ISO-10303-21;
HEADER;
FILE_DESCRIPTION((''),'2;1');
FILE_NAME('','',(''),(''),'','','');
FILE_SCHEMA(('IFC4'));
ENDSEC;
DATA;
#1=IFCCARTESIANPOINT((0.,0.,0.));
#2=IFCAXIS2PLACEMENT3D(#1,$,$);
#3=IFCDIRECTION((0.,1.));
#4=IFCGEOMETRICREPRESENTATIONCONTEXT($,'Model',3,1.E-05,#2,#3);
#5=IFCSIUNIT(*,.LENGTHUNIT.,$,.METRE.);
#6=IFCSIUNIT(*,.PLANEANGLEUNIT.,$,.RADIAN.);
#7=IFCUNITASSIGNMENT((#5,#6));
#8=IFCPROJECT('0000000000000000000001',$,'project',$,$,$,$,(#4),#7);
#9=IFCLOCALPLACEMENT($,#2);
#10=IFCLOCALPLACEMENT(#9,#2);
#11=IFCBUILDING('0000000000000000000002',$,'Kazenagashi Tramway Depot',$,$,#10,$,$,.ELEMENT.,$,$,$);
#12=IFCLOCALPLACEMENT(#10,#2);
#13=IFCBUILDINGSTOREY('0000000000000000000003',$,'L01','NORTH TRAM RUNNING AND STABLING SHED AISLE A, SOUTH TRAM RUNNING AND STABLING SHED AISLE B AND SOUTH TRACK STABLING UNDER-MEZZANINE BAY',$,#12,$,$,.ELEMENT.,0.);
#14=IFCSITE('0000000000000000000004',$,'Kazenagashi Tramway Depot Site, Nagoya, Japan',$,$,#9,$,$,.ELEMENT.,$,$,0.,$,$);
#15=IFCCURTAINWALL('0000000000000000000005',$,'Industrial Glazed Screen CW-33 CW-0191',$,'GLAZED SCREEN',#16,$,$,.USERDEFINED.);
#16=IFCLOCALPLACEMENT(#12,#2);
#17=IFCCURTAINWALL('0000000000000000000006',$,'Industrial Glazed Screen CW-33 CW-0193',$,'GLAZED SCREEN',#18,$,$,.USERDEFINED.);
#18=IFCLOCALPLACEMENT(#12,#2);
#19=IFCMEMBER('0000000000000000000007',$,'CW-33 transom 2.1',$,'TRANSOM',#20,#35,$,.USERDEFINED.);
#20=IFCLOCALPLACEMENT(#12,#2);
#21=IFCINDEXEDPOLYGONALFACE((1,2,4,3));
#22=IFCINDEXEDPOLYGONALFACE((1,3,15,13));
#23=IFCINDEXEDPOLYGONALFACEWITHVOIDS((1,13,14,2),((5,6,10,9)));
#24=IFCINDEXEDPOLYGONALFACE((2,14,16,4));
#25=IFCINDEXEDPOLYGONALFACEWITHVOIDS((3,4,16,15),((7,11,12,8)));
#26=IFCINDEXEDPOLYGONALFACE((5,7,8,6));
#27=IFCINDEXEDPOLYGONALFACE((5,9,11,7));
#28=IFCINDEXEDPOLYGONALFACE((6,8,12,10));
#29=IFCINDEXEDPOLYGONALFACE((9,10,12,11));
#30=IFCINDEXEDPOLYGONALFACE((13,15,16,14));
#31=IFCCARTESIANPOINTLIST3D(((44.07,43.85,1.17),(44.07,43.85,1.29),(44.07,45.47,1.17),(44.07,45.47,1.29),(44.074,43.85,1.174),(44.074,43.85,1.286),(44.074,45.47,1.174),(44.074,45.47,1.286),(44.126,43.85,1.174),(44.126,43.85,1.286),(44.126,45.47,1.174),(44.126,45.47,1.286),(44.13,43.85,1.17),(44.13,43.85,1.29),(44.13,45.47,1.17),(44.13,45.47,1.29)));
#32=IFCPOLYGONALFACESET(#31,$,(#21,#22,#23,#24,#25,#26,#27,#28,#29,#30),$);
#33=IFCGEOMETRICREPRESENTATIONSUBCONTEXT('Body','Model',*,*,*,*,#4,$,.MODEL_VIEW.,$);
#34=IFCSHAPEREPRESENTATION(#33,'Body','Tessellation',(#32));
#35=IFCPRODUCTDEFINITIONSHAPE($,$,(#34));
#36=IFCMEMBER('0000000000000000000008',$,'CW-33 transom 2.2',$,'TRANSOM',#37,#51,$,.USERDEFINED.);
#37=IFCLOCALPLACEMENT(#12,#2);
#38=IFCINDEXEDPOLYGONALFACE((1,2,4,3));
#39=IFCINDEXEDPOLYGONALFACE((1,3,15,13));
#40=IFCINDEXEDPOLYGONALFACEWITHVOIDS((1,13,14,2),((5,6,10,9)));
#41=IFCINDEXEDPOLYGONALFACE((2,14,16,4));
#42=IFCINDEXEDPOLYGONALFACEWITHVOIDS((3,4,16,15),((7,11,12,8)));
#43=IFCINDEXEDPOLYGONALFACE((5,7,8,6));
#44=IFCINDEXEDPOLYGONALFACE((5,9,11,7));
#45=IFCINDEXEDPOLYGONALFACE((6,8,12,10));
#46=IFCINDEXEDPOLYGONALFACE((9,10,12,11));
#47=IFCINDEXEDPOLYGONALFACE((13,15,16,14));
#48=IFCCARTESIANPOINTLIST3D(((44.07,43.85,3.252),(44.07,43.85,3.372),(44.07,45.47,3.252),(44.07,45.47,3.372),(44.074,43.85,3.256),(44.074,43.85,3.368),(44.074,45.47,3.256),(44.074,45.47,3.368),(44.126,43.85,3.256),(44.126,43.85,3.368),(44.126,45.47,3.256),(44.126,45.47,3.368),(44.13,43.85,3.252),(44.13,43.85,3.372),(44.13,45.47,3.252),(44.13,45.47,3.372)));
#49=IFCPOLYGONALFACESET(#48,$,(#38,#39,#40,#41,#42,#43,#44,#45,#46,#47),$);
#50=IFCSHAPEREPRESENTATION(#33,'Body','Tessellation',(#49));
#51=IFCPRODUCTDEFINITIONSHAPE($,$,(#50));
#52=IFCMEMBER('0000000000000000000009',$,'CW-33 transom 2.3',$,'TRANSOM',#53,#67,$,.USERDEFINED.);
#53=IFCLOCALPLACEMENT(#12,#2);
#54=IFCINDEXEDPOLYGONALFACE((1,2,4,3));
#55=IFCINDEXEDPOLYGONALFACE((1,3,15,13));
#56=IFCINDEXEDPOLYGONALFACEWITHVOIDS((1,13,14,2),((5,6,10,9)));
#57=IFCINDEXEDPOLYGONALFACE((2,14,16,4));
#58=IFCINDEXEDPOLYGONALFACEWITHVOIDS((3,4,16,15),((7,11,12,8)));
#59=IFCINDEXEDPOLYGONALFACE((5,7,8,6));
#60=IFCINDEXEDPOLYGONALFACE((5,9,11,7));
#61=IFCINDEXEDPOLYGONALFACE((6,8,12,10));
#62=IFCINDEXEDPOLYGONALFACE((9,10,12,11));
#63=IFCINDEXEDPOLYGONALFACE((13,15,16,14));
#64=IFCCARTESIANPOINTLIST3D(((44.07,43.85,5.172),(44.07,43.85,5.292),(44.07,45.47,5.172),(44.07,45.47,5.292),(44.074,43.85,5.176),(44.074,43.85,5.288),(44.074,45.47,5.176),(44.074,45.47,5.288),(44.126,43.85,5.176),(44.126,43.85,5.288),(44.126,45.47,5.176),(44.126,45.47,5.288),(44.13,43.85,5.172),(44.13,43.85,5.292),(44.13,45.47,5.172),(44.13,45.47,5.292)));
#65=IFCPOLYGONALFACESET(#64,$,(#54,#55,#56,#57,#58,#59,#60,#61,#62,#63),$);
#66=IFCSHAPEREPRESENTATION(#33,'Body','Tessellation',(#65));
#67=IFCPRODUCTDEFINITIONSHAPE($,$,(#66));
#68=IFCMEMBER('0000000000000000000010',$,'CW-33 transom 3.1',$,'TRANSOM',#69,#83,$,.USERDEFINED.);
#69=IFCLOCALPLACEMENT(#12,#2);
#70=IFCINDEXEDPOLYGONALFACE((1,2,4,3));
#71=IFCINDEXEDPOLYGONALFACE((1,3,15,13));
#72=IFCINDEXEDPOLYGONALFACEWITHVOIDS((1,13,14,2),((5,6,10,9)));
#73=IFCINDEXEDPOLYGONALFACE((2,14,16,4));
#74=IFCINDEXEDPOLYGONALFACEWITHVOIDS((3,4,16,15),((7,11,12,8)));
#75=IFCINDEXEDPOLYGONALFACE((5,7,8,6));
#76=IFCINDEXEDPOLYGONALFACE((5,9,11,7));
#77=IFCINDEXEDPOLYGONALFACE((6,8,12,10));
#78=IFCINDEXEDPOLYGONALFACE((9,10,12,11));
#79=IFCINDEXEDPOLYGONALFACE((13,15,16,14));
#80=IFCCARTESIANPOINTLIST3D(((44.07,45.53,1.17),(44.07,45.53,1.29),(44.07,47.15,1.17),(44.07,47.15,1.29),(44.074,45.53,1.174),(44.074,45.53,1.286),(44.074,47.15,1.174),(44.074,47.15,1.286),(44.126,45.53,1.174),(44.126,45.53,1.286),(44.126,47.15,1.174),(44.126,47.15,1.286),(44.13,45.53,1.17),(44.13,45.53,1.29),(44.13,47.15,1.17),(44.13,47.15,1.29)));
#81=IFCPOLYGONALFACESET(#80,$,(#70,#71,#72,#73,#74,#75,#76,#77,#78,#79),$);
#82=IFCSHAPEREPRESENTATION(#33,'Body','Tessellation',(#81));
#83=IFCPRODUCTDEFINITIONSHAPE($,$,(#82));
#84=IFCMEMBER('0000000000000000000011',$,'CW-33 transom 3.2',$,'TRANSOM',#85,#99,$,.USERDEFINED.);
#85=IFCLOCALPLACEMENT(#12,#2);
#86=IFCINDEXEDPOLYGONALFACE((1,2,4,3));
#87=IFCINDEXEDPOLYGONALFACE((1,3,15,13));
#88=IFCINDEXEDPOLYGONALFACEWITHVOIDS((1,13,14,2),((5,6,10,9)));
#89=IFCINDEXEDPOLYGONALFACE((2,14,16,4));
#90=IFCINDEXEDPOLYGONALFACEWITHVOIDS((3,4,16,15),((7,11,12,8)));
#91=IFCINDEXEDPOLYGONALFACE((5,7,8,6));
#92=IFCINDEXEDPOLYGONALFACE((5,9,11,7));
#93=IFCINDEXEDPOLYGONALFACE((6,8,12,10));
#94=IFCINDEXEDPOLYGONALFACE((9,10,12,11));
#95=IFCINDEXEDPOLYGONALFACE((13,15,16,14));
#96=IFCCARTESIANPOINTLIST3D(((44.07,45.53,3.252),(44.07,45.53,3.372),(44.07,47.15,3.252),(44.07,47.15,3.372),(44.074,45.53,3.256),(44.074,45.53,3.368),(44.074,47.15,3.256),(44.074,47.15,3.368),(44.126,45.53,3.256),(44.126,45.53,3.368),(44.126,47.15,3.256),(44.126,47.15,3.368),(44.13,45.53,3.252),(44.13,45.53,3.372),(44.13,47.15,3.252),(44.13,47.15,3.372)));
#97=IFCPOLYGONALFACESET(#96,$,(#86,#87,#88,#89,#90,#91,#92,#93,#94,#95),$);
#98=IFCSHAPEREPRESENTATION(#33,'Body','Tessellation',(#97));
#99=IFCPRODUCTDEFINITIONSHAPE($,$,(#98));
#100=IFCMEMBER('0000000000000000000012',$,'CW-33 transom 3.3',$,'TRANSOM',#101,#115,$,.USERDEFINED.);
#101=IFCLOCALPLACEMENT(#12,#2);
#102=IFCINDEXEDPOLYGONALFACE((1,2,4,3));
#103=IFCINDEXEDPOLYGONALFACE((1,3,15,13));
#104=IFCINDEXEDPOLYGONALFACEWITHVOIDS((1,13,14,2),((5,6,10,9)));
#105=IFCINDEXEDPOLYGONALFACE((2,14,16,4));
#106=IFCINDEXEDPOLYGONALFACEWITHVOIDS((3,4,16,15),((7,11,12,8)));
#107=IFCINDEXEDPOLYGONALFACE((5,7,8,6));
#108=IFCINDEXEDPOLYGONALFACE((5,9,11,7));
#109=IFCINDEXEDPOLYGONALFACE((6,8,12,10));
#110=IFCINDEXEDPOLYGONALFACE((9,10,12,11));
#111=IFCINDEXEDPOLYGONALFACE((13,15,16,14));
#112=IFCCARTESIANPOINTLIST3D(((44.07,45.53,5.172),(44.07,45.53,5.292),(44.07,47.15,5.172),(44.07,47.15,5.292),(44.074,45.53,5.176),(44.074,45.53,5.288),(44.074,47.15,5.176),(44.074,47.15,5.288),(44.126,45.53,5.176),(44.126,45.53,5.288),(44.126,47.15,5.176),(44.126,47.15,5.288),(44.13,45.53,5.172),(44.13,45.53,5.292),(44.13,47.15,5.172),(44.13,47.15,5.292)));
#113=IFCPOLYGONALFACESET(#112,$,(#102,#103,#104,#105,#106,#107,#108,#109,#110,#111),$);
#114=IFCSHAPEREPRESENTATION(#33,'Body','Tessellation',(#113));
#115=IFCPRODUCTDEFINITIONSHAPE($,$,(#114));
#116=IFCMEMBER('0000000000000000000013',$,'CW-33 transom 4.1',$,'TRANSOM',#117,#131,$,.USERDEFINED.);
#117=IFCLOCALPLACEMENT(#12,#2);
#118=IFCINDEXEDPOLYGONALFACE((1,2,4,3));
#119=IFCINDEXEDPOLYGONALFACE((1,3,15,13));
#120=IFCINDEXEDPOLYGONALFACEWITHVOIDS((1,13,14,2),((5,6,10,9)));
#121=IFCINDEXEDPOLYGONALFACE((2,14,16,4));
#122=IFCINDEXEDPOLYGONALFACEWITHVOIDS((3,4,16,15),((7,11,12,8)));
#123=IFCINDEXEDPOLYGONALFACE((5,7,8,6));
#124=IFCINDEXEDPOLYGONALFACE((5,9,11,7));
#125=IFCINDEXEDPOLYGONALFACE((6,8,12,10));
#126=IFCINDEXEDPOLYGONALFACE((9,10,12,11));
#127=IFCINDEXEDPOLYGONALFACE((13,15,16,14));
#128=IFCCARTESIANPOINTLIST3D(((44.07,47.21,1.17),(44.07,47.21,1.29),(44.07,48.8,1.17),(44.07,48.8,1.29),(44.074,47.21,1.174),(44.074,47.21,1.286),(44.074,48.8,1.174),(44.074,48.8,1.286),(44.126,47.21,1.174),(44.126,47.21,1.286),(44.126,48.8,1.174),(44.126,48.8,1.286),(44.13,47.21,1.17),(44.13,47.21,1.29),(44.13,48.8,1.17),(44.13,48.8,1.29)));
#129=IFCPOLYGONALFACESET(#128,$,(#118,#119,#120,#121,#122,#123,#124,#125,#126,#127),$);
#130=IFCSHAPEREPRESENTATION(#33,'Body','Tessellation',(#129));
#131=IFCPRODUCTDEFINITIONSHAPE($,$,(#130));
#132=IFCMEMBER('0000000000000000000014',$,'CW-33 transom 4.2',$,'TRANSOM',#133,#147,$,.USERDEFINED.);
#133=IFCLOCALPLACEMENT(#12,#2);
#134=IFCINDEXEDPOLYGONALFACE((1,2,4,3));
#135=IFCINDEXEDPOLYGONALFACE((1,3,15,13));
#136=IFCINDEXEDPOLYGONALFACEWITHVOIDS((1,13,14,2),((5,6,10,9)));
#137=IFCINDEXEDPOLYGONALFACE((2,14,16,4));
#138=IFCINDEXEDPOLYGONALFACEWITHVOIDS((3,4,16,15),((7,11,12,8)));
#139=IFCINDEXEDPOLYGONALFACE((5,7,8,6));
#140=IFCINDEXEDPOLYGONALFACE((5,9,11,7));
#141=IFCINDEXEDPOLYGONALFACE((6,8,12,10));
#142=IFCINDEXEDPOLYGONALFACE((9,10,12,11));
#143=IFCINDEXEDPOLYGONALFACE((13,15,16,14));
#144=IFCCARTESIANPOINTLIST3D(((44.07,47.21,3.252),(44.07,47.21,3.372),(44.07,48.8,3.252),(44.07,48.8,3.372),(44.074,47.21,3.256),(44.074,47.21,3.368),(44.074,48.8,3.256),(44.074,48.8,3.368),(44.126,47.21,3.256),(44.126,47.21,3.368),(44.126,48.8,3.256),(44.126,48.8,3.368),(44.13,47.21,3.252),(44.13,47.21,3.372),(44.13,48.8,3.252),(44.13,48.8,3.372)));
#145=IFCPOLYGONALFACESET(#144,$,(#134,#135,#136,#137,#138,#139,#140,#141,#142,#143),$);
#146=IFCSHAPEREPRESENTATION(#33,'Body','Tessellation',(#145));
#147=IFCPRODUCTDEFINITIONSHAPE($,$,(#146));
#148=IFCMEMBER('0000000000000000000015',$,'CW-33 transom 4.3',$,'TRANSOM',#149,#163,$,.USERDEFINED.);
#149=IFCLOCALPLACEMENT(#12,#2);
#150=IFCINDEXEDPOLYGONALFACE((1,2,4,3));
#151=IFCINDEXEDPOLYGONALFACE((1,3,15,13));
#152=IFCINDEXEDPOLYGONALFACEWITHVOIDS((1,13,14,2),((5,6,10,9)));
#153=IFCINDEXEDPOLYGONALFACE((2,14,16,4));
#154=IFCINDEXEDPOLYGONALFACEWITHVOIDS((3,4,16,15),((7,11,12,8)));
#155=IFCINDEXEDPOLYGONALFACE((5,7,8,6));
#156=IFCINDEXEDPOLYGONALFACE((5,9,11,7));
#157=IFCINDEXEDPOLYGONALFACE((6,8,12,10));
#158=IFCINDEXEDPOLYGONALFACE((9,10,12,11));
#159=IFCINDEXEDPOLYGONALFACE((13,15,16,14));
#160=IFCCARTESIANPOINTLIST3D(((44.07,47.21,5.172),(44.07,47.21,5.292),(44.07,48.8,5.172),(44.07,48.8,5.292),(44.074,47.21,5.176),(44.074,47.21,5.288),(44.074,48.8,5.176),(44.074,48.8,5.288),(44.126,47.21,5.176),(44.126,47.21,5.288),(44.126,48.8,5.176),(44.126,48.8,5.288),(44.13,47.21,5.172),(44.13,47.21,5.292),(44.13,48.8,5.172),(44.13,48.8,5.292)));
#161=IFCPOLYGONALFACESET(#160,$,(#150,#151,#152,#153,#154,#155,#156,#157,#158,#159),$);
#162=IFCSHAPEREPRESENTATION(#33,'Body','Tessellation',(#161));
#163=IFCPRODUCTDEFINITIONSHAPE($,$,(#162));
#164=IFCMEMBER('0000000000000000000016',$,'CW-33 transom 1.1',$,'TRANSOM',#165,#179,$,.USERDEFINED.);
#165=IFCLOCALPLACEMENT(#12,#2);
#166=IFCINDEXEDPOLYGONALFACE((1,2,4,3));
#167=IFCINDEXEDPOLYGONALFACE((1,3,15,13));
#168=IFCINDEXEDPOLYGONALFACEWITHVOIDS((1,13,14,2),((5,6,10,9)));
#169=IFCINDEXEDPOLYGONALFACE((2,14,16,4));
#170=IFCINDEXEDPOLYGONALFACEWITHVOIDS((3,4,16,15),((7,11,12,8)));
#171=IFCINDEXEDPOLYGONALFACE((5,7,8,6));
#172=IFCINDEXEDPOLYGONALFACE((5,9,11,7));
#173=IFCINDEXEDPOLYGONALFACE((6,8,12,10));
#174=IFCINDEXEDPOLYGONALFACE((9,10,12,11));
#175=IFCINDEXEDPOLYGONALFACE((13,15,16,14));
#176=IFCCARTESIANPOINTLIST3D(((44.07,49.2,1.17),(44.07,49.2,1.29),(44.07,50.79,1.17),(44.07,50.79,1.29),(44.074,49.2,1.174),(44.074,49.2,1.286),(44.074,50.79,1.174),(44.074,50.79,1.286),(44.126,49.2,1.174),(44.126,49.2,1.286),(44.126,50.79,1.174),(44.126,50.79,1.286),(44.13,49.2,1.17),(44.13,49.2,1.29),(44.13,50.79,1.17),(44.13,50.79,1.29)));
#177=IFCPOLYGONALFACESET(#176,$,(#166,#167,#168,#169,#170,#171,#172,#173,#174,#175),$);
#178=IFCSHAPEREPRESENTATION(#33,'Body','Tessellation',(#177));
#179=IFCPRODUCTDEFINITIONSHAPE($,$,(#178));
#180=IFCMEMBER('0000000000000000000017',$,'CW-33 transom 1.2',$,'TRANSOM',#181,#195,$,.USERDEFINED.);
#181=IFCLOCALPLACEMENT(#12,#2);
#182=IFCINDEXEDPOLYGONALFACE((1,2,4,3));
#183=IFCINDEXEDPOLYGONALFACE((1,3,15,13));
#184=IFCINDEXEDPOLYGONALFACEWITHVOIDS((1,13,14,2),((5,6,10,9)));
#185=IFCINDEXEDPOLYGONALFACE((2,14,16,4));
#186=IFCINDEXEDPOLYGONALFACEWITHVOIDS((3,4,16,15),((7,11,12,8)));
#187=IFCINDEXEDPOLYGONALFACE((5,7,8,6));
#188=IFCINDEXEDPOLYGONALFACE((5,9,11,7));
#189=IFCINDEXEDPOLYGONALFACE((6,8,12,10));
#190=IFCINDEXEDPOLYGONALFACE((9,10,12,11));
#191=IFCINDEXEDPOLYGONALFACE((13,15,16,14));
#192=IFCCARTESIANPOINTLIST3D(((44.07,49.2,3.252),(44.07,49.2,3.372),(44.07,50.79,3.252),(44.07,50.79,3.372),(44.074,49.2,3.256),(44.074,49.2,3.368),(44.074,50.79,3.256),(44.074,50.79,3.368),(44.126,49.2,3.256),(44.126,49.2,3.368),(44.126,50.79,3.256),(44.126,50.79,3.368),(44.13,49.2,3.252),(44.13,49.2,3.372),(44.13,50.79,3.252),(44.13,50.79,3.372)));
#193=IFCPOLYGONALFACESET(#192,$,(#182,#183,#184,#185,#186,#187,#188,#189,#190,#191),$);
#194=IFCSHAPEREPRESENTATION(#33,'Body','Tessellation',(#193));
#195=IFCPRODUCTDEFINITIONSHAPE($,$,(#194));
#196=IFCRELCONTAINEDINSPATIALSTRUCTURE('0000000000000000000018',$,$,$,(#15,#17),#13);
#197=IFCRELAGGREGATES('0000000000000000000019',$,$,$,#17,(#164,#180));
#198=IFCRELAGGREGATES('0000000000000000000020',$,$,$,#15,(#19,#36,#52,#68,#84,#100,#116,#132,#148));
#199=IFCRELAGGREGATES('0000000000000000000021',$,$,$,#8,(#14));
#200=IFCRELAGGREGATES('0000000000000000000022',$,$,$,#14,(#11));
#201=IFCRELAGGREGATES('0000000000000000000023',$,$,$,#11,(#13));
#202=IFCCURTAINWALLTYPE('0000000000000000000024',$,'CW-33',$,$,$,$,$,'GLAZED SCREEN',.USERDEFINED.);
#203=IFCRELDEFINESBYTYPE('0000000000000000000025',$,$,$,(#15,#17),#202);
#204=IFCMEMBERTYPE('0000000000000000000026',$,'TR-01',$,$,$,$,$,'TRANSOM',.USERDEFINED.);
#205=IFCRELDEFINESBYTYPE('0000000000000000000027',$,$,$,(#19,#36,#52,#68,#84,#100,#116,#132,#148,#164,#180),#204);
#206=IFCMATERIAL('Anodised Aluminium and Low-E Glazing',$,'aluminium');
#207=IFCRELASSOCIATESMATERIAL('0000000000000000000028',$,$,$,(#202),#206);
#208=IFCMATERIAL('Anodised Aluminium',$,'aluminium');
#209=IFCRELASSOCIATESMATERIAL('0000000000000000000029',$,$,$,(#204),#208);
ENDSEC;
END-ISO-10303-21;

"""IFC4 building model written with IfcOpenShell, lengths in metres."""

from ifc_helpers import new_model, si_unit, direction, frame, origin, origin_2d, place, context, subcontext, project, spatial, hollow_rectangle, extrude, material, material_profile, profile_set, type_object, element, aggregate, save


model = new_model("IFC4")

# Units and contexts
model_context = context("Model", 3, precision=1e-05, world=origin(), true_north=direction((0.0, 1.0)))
body_context = subcontext(model_context, "Body", "Model", "MODEL_VIEW")
ifc_project = project(units=[si_unit("LENGTHUNIT", "METRE"), si_unit("PLANEANGLEUNIT", "RADIAN")], contexts=[model_context])

# Site, building, storey
site_placement = place(None, origin())
site = spatial("IfcSite", under=ifc_project, at=site_placement, Name="Kazenagashi Tramway Depot Site, Nagoya, Japan", CompositionType="ELEMENT", RefElevation=0.0)
building_placement = place(site_placement, origin())
building = spatial("IfcBuilding", under=site, at=building_placement, Name="Kazenagashi Tramway Depot", CompositionType="ELEMENT")
storey_placement = place(building_placement, origin())
storey = spatial("IfcBuildingStorey", under=building, at=storey_placement, Name="L01", Description="NORTH TRAM RUNNING AND STABLING SHED AISLE A, SOUTH TRAM RUNNING AND STABLING SHED AISLE B AND SOUTH TRACK STABLING UNDER-MEZZANINE BAY", CompositionType="ELEMENT", Elevation=0.0)

# Curtain wall
ifc_material_1 = material(Name="Anodised Aluminium and Low-E Glazing", Category="aluminium")
curtain_wall_type = type_object("IfcCurtainWallType", Name="CW-33", ElementType="GLAZED SCREEN", PredefinedType="USERDEFINED", material=ifc_material_1)
curtain_wall_1_placement = place(storey_placement, origin())
curtain_wall_1 = element("IfcCurtainWall", 1, at=curtain_wall_1_placement, inside=storey, type_object=curtain_wall_type, Name="Industrial Glazed Screen CW-33 CW-0191", ObjectType="GLAZED SCREEN", PredefinedType="USERDEFINED")
ifc_material_2 = material(Name="Anodised Aluminium", Category="aluminium")

# Curtain wall
curtain_wall_2_placement = place(storey_placement, origin())
curtain_wall_2 = element("IfcCurtainWall", 2, at=curtain_wall_2_placement, inside=storey, type_object=curtain_wall_type, Name="Industrial Glazed Screen CW-33 CW-0193", ObjectType="GLAZED SCREEN", PredefinedType="USERDEFINED")

# Members
ifc_material_profile_1 = material_profile(ifc_material_2, hollow_rectangle(XDim=0.06, YDim=0.12, WallThickness=0.004, at=origin_2d()), Name="RHS-120x60x4")
ifc_profile_set_1 = profile_set([ifc_material_profile_1], Name="Anodised Aluminium")
member_type_1 = type_object("IfcMemberType", Name="TR-01", ElementType="TRANSOM", PredefinedType="USERDEFINED", material=ifc_profile_set_1)
member_1_placement = place(storey_placement, frame((44.1, 43.85, 1.23), z_axis=(0.0, 1.0, 0.0), x_axis=(-1.0, 0.0, 0.0)))
member_1 = element("IfcMember", 3, at=member_1_placement, type_object=member_type_1, Name="CW-33 transom 2.1", ObjectType="TRANSOM", PredefinedType="USERDEFINED", context=body_context, shape_type="SweptSolid", body=[
    extrude(hollow_rectangle(XDim=0.06, YDim=0.12, WallThickness=0.004, at=origin_2d()), origin(), (0.0, 0.0, 1.0), 1.62),
])
member_2_placement = place(storey_placement, frame((44.1, 43.85, 3.312), z_axis=(0.0, 1.0, 0.0), x_axis=(-1.0, 0.0, 0.0)))
member_2 = element("IfcMember", 4, at=member_2_placement, type_object=member_type_1, Name="CW-33 transom 2.2", ObjectType="TRANSOM", PredefinedType="USERDEFINED", context=body_context, shape_type="SweptSolid", body=[
    extrude(hollow_rectangle(XDim=0.06, YDim=0.12, WallThickness=0.004, at=origin_2d()), origin(), (0.0, 0.0, 1.0), 1.62),
])
member_3_placement = place(storey_placement, frame((44.1, 43.85, 5.232), z_axis=(0.0, 1.0, 0.0), x_axis=(-1.0, 0.0, 0.0)))
member_3 = element("IfcMember", 5, at=member_3_placement, type_object=member_type_1, Name="CW-33 transom 2.3", ObjectType="TRANSOM", PredefinedType="USERDEFINED", context=body_context, shape_type="SweptSolid", body=[
    extrude(hollow_rectangle(XDim=0.06, YDim=0.12, WallThickness=0.004, at=origin_2d()), origin(), (0.0, 0.0, 1.0), 1.62),
])
member_4_placement = place(storey_placement, frame((44.1, 45.53, 1.23), z_axis=(0.0, 1.0, 0.0), x_axis=(-1.0, 0.0, 0.0)))
member_4 = element("IfcMember", 6, at=member_4_placement, type_object=member_type_1, Name="CW-33 transom 3.1", ObjectType="TRANSOM", PredefinedType="USERDEFINED", context=body_context, shape_type="SweptSolid", body=[
    extrude(hollow_rectangle(XDim=0.06, YDim=0.12, WallThickness=0.004, at=origin_2d()), origin(), (0.0, 0.0, 1.0), 1.62),
])
member_5_placement = place(storey_placement, frame((44.1, 45.53, 3.312), z_axis=(0.0, 1.0, 0.0), x_axis=(-1.0, 0.0, 0.0)))
member_5 = element("IfcMember", 7, at=member_5_placement, type_object=member_type_1, Name="CW-33 transom 3.2", ObjectType="TRANSOM", PredefinedType="USERDEFINED", context=body_context, shape_type="SweptSolid", body=[
    extrude(hollow_rectangle(XDim=0.06, YDim=0.12, WallThickness=0.004, at=origin_2d()), origin(), (0.0, 0.0, 1.0), 1.62),
])
member_6_placement = place(storey_placement, frame((44.1, 45.53, 5.232), z_axis=(0.0, 1.0, 0.0), x_axis=(-1.0, 0.0, 0.0)))
member_6 = element("IfcMember", 8, at=member_6_placement, type_object=member_type_1, Name="CW-33 transom 3.3", ObjectType="TRANSOM", PredefinedType="USERDEFINED", context=body_context, shape_type="SweptSolid", body=[
    extrude(hollow_rectangle(XDim=0.06, YDim=0.12, WallThickness=0.004, at=origin_2d()), origin(), (0.0, 0.0, 1.0), 1.62),
])
member_7_placement = place(storey_placement, frame((44.1, 47.21, 1.23), z_axis=(0.0, 1.0, 0.0), x_axis=(-1.0, 0.0, 0.0)))
member_7 = element("IfcMember", 9, at=member_7_placement, type_object=member_type_1, Name="CW-33 transom 4.1", ObjectType="TRANSOM", PredefinedType="USERDEFINED", context=body_context, shape_type="SweptSolid", body=[
    extrude(hollow_rectangle(XDim=0.06, YDim=0.12, WallThickness=0.004, at=origin_2d()), origin(), (0.0, 0.0, 1.0), 1.59),
])
member_8_placement = place(storey_placement, frame((44.1, 47.21, 3.312), z_axis=(0.0, 1.0, 0.0), x_axis=(-1.0, 0.0, 0.0)))
member_8 = element("IfcMember", 10, at=member_8_placement, type_object=member_type_1, Name="CW-33 transom 4.2", ObjectType="TRANSOM", PredefinedType="USERDEFINED", context=body_context, shape_type="SweptSolid", body=[
    extrude(hollow_rectangle(XDim=0.06, YDim=0.12, WallThickness=0.004, at=origin_2d()), origin(), (0.0, 0.0, 1.0), 1.59),
])
member_9_placement = place(storey_placement, frame((44.1, 47.21, 5.232), z_axis=(0.0, 1.0, 0.0), x_axis=(-1.0, 0.0, 0.0)))
member_9 = element("IfcMember", 11, at=member_9_placement, type_object=member_type_1, Name="CW-33 transom 4.3", ObjectType="TRANSOM", PredefinedType="USERDEFINED", context=body_context, shape_type="SweptSolid", body=[
    extrude(hollow_rectangle(XDim=0.06, YDim=0.12, WallThickness=0.004, at=origin_2d()), origin(), (0.0, 0.0, 1.0), 1.59),
])
member_10_placement = place(storey_placement, frame((44.1, 49.2, 1.23), z_axis=(0.0, 1.0, 0.0), x_axis=(-1.0, 0.0, 0.0)))
member_10 = element("IfcMember", 12, at=member_10_placement, type_object=member_type_1, Name="CW-33 transom 1.1", ObjectType="TRANSOM", PredefinedType="USERDEFINED", context=body_context, shape_type="SweptSolid", body=[
    extrude(hollow_rectangle(XDim=0.06, YDim=0.12, WallThickness=0.004, at=origin_2d()), origin(), (0.0, 0.0, 1.0), 1.59),
])
member_11_placement = place(storey_placement, frame((44.1, 49.2, 3.312), z_axis=(0.0, 1.0, 0.0), x_axis=(-1.0, 0.0, 0.0)))
member_11 = element("IfcMember", 13, at=member_11_placement, type_object=member_type_1, Name="CW-33 transom 1.2", ObjectType="TRANSOM", PredefinedType="USERDEFINED", context=body_context, shape_type="SweptSolid", body=[
    extrude(hollow_rectangle(XDim=0.06, YDim=0.12, WallThickness=0.004, at=origin_2d()), origin(), (0.0, 0.0, 1.0), 1.59),
])
aggregate(curtain_wall_2, [member_10, member_11])

aggregate(curtain_wall_1, [member_1, member_2, member_3, member_4, member_5, member_6, member_7, member_8, member_9])

save(model, "model.ifc")
